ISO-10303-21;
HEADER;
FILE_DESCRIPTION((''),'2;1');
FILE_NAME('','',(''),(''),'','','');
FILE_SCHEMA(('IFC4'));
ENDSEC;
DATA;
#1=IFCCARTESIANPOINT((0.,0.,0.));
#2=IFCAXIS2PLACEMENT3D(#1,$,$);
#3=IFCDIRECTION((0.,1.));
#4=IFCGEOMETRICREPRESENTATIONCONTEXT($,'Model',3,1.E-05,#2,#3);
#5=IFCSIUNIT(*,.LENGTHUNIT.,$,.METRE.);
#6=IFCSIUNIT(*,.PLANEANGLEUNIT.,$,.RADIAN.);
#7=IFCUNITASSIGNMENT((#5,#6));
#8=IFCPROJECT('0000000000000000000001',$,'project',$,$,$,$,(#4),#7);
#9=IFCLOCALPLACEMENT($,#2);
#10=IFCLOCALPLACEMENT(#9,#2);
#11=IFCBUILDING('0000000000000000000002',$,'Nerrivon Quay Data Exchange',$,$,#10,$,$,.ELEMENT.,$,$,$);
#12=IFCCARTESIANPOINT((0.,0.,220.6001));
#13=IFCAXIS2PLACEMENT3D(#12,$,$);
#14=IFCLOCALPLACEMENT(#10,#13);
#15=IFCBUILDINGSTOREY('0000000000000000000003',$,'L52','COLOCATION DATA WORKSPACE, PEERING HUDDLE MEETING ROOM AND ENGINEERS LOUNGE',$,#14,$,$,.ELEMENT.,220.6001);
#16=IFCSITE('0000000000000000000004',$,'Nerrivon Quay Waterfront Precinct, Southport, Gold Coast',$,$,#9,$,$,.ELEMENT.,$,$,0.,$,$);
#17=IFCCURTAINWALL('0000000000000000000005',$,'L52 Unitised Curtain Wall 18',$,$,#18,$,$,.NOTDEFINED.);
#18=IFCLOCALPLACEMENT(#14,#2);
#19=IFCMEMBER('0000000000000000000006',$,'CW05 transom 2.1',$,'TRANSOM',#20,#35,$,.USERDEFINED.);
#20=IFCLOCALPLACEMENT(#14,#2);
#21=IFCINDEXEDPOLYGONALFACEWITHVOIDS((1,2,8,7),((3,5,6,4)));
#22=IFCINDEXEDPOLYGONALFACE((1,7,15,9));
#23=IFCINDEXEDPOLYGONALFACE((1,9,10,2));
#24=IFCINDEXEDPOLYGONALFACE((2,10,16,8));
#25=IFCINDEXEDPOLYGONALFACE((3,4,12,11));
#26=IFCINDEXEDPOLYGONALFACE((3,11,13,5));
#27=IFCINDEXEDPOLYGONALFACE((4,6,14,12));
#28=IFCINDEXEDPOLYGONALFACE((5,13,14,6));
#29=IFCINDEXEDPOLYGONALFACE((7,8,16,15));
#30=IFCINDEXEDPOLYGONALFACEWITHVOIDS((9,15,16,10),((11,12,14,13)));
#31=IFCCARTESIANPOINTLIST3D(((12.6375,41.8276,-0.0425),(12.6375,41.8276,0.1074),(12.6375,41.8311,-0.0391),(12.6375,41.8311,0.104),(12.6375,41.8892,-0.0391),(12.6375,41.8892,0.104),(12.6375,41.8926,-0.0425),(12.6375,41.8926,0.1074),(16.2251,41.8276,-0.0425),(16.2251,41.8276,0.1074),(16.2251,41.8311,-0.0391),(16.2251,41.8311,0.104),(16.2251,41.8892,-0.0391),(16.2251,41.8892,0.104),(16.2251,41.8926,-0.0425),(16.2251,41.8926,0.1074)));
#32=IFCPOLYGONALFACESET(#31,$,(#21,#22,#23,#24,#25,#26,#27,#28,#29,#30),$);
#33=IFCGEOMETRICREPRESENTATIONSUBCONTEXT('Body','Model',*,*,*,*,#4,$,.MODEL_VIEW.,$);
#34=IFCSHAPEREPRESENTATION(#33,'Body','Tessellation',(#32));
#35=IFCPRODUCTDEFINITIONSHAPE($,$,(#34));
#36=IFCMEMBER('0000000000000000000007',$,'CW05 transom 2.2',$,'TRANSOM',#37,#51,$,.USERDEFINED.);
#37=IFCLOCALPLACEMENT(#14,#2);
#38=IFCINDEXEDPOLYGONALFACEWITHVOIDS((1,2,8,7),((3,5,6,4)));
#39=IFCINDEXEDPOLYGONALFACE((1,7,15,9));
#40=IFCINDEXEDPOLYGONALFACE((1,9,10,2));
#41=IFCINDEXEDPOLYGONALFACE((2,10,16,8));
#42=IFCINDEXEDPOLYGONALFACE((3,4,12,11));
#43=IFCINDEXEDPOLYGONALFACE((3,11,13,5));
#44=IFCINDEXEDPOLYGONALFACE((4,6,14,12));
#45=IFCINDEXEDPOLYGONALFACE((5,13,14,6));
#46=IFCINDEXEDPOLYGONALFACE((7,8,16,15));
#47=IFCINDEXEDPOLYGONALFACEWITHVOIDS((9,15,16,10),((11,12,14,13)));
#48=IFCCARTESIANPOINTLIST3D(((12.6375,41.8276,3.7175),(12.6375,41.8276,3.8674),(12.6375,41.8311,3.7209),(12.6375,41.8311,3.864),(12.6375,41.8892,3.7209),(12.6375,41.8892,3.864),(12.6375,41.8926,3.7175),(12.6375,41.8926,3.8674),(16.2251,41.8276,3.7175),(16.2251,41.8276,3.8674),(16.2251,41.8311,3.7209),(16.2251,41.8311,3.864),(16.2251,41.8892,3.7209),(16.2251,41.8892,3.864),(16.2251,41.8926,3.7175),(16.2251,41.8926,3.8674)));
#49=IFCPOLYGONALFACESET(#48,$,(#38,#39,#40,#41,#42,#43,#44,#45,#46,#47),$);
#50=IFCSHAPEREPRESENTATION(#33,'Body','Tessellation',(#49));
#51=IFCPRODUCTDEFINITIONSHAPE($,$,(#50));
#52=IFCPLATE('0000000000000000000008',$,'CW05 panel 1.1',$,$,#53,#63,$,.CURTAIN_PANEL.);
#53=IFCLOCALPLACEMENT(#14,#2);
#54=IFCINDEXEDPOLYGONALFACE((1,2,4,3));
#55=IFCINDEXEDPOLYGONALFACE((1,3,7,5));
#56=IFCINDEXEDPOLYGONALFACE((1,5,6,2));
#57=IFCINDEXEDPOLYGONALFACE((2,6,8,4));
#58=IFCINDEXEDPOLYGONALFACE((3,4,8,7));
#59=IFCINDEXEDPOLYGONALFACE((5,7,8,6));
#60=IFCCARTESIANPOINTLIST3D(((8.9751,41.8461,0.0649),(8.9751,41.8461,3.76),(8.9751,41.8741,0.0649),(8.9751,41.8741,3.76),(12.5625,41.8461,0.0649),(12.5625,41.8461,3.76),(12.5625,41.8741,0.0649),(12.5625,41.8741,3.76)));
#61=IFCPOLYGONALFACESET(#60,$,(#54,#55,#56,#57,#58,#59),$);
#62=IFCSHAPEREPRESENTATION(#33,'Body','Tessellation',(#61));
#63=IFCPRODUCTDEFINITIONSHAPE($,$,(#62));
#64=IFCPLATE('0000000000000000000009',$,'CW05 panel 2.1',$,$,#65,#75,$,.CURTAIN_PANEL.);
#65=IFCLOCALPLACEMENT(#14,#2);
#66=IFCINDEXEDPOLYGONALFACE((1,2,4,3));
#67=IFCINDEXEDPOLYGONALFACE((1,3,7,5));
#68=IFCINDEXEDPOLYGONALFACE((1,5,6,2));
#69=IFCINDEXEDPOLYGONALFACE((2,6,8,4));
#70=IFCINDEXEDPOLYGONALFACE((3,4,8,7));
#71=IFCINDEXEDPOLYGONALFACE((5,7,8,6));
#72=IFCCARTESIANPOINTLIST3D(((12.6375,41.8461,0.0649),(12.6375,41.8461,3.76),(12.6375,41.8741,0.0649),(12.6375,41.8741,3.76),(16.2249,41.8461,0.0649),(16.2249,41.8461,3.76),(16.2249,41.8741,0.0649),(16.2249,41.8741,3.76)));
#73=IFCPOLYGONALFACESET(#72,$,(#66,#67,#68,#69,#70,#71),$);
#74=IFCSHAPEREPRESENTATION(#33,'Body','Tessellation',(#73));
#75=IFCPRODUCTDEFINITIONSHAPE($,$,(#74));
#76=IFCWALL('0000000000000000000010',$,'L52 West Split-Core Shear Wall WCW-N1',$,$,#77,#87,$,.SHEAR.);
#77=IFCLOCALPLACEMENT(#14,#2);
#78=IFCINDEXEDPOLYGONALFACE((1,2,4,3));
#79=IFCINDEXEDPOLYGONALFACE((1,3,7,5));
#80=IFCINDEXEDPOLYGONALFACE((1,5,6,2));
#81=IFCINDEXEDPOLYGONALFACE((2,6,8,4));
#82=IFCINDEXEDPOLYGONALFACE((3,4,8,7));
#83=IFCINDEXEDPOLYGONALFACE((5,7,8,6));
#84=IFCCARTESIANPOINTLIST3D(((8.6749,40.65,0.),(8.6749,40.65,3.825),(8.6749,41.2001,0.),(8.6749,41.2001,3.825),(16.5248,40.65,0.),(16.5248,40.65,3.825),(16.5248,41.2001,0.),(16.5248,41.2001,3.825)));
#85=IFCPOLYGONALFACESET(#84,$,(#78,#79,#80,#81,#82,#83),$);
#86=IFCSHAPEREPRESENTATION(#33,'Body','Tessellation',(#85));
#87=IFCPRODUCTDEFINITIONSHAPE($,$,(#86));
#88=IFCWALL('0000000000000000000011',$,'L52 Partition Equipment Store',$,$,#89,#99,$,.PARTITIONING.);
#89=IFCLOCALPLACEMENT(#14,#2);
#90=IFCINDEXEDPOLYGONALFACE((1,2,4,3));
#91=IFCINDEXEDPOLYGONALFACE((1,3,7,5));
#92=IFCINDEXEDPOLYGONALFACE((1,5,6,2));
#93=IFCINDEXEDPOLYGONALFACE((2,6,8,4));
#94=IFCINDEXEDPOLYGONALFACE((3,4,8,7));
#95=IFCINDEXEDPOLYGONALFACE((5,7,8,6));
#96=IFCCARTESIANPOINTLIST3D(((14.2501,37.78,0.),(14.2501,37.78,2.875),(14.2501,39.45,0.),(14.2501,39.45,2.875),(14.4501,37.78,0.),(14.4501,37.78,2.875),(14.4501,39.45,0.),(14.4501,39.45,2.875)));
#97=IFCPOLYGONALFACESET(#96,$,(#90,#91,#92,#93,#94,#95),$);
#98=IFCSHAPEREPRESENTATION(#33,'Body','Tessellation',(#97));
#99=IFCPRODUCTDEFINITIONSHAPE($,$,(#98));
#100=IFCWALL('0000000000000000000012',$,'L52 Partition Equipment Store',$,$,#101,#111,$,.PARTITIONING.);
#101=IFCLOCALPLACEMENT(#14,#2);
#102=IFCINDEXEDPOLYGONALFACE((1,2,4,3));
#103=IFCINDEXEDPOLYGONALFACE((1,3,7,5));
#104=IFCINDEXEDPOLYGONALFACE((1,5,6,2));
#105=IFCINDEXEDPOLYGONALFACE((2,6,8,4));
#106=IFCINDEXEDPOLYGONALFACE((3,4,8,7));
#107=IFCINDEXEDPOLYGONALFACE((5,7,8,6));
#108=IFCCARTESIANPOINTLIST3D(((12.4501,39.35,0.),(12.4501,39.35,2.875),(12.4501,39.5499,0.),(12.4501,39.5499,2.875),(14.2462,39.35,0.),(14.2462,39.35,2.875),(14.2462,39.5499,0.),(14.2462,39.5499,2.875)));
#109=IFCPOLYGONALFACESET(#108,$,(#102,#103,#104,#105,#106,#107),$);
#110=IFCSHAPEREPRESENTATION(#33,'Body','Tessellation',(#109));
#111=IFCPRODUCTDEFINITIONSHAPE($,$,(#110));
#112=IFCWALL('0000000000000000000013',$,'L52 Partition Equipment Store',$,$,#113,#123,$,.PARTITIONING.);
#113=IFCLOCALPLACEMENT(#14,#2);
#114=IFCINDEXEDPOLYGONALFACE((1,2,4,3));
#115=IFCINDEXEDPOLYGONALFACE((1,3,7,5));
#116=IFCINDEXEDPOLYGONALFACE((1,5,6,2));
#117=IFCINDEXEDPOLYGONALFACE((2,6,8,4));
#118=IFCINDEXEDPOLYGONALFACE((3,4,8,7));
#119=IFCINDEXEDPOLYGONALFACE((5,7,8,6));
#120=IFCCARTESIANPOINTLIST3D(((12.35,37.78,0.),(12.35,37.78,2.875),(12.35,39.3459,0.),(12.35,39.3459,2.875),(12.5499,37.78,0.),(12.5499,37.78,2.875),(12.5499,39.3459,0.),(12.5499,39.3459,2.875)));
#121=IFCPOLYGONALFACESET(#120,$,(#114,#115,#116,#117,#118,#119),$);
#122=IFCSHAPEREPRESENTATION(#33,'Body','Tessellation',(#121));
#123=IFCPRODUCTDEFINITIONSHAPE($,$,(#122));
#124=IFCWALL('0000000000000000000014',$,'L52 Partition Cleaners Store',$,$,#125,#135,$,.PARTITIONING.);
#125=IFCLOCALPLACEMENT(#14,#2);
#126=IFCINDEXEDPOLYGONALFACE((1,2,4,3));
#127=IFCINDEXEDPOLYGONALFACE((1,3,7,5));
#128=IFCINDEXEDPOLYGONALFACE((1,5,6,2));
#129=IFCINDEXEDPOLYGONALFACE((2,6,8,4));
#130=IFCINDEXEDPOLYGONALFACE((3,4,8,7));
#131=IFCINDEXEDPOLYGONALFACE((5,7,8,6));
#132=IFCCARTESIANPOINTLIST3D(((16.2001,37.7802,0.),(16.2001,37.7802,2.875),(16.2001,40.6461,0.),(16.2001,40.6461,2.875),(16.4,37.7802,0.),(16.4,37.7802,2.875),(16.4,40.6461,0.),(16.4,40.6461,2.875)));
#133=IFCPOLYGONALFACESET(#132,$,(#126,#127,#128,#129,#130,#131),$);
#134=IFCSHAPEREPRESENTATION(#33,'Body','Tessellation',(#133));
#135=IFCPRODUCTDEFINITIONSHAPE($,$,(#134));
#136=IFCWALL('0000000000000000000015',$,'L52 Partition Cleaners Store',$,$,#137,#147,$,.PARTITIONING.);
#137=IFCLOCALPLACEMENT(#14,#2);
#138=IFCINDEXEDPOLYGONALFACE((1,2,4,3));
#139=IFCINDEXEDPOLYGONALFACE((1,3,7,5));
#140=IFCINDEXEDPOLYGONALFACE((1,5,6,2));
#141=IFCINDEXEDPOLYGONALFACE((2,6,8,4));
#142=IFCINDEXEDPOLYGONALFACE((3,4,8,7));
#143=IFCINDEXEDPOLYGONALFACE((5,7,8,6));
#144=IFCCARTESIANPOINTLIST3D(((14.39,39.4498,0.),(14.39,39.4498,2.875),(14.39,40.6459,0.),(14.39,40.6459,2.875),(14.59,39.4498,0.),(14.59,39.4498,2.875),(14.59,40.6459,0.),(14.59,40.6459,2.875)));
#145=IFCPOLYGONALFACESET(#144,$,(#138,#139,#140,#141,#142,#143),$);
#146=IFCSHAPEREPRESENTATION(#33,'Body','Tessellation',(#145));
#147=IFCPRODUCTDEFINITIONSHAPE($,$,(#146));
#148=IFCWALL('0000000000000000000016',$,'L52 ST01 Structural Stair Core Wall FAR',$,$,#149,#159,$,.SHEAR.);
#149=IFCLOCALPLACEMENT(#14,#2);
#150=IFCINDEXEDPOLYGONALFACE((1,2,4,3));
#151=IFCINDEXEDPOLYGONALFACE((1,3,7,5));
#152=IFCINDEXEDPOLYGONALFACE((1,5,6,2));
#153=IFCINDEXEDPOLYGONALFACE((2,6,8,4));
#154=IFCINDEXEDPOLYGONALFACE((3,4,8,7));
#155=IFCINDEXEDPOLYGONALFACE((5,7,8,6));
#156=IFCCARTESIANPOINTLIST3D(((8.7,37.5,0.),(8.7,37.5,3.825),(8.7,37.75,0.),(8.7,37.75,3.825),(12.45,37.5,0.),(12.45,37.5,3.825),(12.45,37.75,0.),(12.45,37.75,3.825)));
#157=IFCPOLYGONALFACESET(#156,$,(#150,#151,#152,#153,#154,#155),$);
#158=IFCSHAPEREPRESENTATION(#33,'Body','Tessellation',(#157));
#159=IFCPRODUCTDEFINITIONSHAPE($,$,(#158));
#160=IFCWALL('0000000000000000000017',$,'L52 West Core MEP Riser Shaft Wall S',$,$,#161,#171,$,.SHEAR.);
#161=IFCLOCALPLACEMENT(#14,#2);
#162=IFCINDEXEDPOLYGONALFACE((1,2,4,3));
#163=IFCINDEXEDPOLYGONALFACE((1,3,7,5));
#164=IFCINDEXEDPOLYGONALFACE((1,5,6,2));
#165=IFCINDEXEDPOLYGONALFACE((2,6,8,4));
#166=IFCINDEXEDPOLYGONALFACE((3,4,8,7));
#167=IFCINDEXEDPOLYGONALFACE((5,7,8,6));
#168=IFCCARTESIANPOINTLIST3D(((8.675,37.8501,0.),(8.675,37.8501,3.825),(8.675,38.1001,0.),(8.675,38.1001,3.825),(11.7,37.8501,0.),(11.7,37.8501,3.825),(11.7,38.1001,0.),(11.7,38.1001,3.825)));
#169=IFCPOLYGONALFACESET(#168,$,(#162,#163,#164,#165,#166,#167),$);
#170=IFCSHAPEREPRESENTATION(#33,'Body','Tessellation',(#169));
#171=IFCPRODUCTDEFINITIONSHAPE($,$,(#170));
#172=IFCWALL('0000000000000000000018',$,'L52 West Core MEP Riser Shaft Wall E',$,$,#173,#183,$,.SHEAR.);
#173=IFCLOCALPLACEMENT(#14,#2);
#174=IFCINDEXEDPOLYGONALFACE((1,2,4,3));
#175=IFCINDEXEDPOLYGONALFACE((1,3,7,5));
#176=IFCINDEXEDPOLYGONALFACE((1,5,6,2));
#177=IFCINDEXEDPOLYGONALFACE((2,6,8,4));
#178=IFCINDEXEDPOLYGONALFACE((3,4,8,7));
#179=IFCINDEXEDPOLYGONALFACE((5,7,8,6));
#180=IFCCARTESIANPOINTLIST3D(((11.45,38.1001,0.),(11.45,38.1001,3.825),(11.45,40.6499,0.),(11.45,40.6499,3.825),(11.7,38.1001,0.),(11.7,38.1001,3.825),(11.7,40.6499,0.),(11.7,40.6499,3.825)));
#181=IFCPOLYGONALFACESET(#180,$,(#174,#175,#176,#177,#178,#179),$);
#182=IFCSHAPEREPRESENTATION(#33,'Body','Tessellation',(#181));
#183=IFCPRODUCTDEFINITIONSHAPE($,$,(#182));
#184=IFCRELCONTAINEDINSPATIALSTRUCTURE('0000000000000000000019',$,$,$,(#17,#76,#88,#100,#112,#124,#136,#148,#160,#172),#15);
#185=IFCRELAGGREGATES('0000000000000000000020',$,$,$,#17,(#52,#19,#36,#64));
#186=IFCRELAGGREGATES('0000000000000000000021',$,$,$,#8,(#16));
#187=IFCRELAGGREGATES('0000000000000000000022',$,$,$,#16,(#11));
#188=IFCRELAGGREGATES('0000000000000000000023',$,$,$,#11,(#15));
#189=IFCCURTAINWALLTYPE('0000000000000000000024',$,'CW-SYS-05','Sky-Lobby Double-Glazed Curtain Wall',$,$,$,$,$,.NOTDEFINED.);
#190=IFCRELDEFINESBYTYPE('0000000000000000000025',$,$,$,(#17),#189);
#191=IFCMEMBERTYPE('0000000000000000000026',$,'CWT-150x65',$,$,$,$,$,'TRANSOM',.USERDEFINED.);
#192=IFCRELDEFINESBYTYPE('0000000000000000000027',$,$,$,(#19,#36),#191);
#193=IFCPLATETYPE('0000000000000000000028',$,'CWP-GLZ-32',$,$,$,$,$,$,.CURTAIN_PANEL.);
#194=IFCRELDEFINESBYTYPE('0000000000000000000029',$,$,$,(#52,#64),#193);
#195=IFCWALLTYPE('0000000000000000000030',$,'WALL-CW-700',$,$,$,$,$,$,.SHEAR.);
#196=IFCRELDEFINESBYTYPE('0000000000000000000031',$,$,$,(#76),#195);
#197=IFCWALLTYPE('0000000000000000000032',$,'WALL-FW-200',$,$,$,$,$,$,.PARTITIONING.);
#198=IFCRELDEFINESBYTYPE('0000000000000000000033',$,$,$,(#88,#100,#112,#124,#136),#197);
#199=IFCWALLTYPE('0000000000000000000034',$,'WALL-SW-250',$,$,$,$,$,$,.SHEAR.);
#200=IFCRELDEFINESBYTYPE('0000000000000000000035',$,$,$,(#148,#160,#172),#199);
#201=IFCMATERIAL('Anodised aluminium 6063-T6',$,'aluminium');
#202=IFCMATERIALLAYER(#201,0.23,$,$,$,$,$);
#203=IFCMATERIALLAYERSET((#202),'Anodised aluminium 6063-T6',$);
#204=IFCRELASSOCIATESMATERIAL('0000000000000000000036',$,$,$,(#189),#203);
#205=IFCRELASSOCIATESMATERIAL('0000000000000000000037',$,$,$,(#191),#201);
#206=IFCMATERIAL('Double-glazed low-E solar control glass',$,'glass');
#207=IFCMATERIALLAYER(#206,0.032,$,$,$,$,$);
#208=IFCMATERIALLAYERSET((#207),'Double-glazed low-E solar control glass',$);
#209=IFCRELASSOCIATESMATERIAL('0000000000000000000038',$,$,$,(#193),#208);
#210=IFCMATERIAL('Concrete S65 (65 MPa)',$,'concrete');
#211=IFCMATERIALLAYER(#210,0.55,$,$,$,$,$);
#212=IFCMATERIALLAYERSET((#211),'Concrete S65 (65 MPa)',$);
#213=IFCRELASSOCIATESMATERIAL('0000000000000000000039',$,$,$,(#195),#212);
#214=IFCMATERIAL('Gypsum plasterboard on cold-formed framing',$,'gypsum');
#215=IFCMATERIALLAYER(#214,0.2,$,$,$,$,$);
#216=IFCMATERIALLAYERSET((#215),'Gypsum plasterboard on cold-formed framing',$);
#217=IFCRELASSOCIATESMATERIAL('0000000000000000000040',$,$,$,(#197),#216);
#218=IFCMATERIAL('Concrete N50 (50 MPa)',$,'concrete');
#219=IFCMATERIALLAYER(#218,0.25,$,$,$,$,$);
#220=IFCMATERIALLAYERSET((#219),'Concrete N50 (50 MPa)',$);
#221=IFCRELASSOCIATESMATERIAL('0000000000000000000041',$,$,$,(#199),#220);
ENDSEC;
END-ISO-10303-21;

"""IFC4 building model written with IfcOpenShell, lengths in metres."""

from ifc_helpers import new_model, si_unit, direction, frame, frame_2d, origin, origin_2d, place, context, subcontext, project, spatial, rectangle, hollow_rectangle, extrude, material, layer, layer_set, material_profile, profile_set, type_object, element, aggregate, save


model = new_model("IFC4")

# Units and contexts
model_context = context("Model", 3, precision=1e-05, world=origin(), true_north=direction((0.0, 1.0)))
body_context = subcontext(model_context, "Body", "Model", "MODEL_VIEW")
ifc_project = project(units=[si_unit("LENGTHUNIT", "METRE"), si_unit("PLANEANGLEUNIT", "RADIAN")], contexts=[model_context])

# Site, building, storey
site_placement = place(None, origin())
site = spatial("IfcSite", under=ifc_project, at=site_placement, Name="Nerrivon Quay Waterfront Precinct, Southport, Gold Coast", CompositionType="ELEMENT", RefElevation=0.0)
building_placement = place(site_placement, origin())
building = spatial("IfcBuilding", under=site, at=building_placement, Name="Nerrivon Quay Data Exchange", CompositionType="ELEMENT")
storey_placement = place(building_placement, frame((0.0, 0.0, 220.6001)))
storey = spatial("IfcBuildingStorey", under=building, at=storey_placement, Name="L52", Description="COLOCATION DATA WORKSPACE, PEERING HUDDLE MEETING ROOM AND ENGINEERS LOUNGE", CompositionType="ELEMENT", Elevation=220.6001)

# Shared definitions
ifc_material_1 = material(Name="Concrete S65 (65 MPa)", Category="concrete")

# Shared definitions
ifc_material_2 = material(Name="Concrete N50 (50 MPa)", Category="concrete")

# Curtain wall, members, plates
ifc_material_3 = material(Name="Anodised aluminium 6063-T6", Category="aluminium")
ifc_layer_1 = layer(ifc_material_3, 0.23)
ifc_layer_set_1 = layer_set([ifc_layer_1], Name="Anodised aluminium 6063-T6")
curtain_wall_type = type_object("IfcCurtainWallType", Name="CW-SYS-05", Description="Sky-Lobby Double-Glazed Curtain Wall", PredefinedType="NOTDEFINED", material=ifc_layer_set_1)
curtain_wall_placement = place(storey_placement, origin())
curtain_wall = element("IfcCurtainWall", 1, at=curtain_wall_placement, inside=storey, type_object=curtain_wall_type, Name="L52 Unitised Curtain Wall 18", PredefinedType="NOTDEFINED")
ifc_material_profile_1 = material_profile(ifc_material_3, hollow_rectangle(XDim=0.0649, YDim=0.1499, WallThickness=0.0034, at=origin_2d()), Name="ALU-TRAN-150x65")
ifc_profile_set_1 = profile_set([ifc_material_profile_1], Name="Anodised aluminium 6063-T6")
member_type_1 = type_object("IfcMemberType", Name="CWT-150x65", ElementType="TRANSOM", PredefinedType="USERDEFINED", material=ifc_profile_set_1)
member_1_placement = place(storey_placement, frame((12.6375, 41.8601, 0.0325), z_axis=(1.0, 0.0, 0.0), x_axis=(0.0, 1.0, 0.0)))
member_1 = element("IfcMember", 2, at=member_1_placement, type_object=member_type_1, Name="CW05 transom 2.1", ObjectType="TRANSOM", PredefinedType="USERDEFINED", context=body_context, shape_type="SweptSolid", body=[
    extrude(hollow_rectangle(XDim=0.0649, YDim=0.1499, WallThickness=0.0034, at=origin_2d()), origin(), (0.0, 0.0, 1.0), 3.5876),
])
member_2_placement = place(storey_placement, frame((12.6375, 41.8601, 3.7925), z_axis=(1.0, 0.0, 0.0), x_axis=(0.0, 1.0, 0.0)))
member_2 = element("IfcMember", 3, at=member_2_placement, type_object=member_type_1, Name="CW05 transom 2.2", ObjectType="TRANSOM", PredefinedType="USERDEFINED", context=body_context, shape_type="SweptSolid", body=[
    extrude(hollow_rectangle(XDim=0.0649, YDim=0.1499, WallThickness=0.0034, at=origin_2d()), origin(), (0.0, 0.0, 1.0), 3.5876),
])
ifc_material_4 = material(Name="Double-glazed low-E solar control glass", Category="glass")
ifc_layer_2 = layer(ifc_material_4, 0.032)
ifc_layer_set_2 = layer_set([ifc_layer_2], Name="Double-glazed low-E solar control glass")
plate_type = type_object("IfcPlateType", Name="CWP-GLZ-32", PredefinedType="CURTAIN_PANEL", material=ifc_layer_set_2)
plate_1_placement = place(storey_placement, frame((10.7688, 41.8601, 0.0649), z_axis=(0.0, 0.0, 1.0), x_axis=(1.0, 0.0, 0.0)))
plate_1 = element("IfcPlate", 4, at=plate_1_placement, type_object=plate_type, Name="CW05 panel 1.1", PredefinedType="CURTAIN_PANEL", context=body_context, shape_type="SweptSolid", body=[
    extrude(rectangle(XDim=3.5874, YDim=0.0281, at=origin_2d()), origin(), (0.0, 0.0, 1.0), 3.6951),
])
plate_2_placement = place(storey_placement, frame((14.4312, 41.8601, 0.0649), z_axis=(0.0, 0.0, 1.0), x_axis=(1.0, 0.0, 0.0)))
plate_2 = element("IfcPlate", 5, at=plate_2_placement, type_object=plate_type, Name="CW05 panel 2.1", PredefinedType="CURTAIN_PANEL", context=body_context, shape_type="SweptSolid", body=[
    extrude(rectangle(XDim=3.5874, YDim=0.0281, at=origin_2d()), origin(), (0.0, 0.0, 1.0), 3.6951),
])
aggregate(curtain_wall, [plate_1, member_1, member_2, plate_2])

# Walls
ifc_layer_3 = layer(ifc_material_1, 0.55)
ifc_layer_set_3 = layer_set([ifc_layer_3], Name="Concrete S65 (65 MPa)")
wall_type_1 = type_object("IfcWallType", Name="WALL-CW-700", PredefinedType="SHEAR", material=ifc_layer_set_3)
wall_1_placement = place(storey_placement, frame((8.675, 40.925, 0.0), z_axis=(0.0, 0.0, 1.0), x_axis=(1.0, 0.0, 0.0)))
element("IfcWall", 6, at=wall_1_placement, inside=storey, type_object=wall_type_1, Name="L52 West Split-Core Shear Wall WCW-N1", PredefinedType="SHEAR", context=body_context, shape_type="SweptSolid", body=[
    extrude(rectangle(XDim=7.8499, YDim=0.55, at=frame_2d((3.9248, 0.0))), origin(), (0.0, 0.0, 1.0), 3.825),
])
ifc_material_5 = material(Name="Gypsum plasterboard on cold-formed framing", Category="gypsum")
ifc_layer_4 = layer(ifc_material_5, 0.2)
ifc_layer_set_4 = layer_set([ifc_layer_4], Name="Gypsum plasterboard on cold-formed framing")
wall_type_2 = type_object("IfcWallType", Name="WALL-FW-200", PredefinedType="PARTITIONING", material=ifc_layer_set_4)
wall_2_placement = place(storey_placement, frame((14.3501, 37.78, 0.0), z_axis=(0.0, 0.0, 1.0), x_axis=(0.0, 1.0, 0.0)))
element("IfcWall", 7, at=wall_2_placement, inside=storey, type_object=wall_type_2, Name="L52 Partition Equipment Store", PredefinedType="PARTITIONING", context=body_context, shape_type="SweptSolid", body=[
    extrude(rectangle(XDim=1.6699, YDim=0.2, at=frame_2d((0.835, 0.0))), origin(), (0.0, 0.0, 1.0), 2.875),
])
wall_3_placement = place(storey_placement, frame((14.2461, 39.45, 0.0), z_axis=(0.0, 0.0, 1.0), x_axis=(-1.0, 0.0, 0.0)))
element("IfcWall", 8, at=wall_3_placement, inside=storey, type_object=wall_type_2, Name="L52 Partition Equipment Store", PredefinedType="PARTITIONING", context=body_context, shape_type="SweptSolid", body=[
    extrude(rectangle(XDim=1.7961, YDim=0.2, at=frame_2d((0.8979, 0.0))), origin(), (0.0, 0.0, 1.0), 2.875),
])
wall_4_placement = place(storey_placement, frame((12.45, 39.3459, 0.0), z_axis=(0.0, 0.0, 1.0), x_axis=(0.0, -1.0, 0.0)))
element("IfcWall", 9, at=wall_4_placement, inside=storey, type_object=wall_type_2, Name="L52 Partition Equipment Store", PredefinedType="PARTITIONING", context=body_context, shape_type="SweptSolid", body=[
    extrude(rectangle(XDim=1.5659, YDim=0.2, at=frame_2d((0.783, 0.0))), origin(), (0.0, 0.0, 1.0), 2.875),
])
wall_5_placement = place(storey_placement, frame((16.3, 37.78, 0.0), z_axis=(0.0, 0.0, 1.0), x_axis=(0.0, 1.0, 0.0)))
element("IfcWall", 10, at=wall_5_placement, inside=storey, type_object=wall_type_2, Name="L52 Partition Cleaners Store", PredefinedType="PARTITIONING", context=body_context, shape_type="SweptSolid", body=[
    extrude(rectangle(XDim=2.866, YDim=0.2, at=frame_2d((1.4331, 0.0))), origin(), (0.0, 0.0, 1.0), 2.875),
])
wall_6_placement = place(storey_placement, frame((14.49, 40.646, 0.0), z_axis=(0.0, 0.0, 1.0), x_axis=(0.0, -1.0, 0.0)))
element("IfcWall", 11, at=wall_6_placement, inside=storey, type_object=wall_type_2, Name="L52 Partition Cleaners Store", PredefinedType="PARTITIONING", context=body_context, shape_type="SweptSolid", body=[
    extrude(rectangle(XDim=1.196, YDim=0.2, at=frame_2d((0.5981, 0.0))), origin(), (0.0, 0.0, 1.0), 2.875),
])
ifc_layer_5 = layer(ifc_material_2, 0.25)
ifc_layer_set_5 = layer_set([ifc_layer_5], Name="Concrete N50 (50 MPa)")
wall_type_3 = type_object("IfcWallType", Name="WALL-SW-250", PredefinedType="SHEAR", material=ifc_layer_set_5)
wall_7_placement = place(storey_placement, frame((12.45, 37.625, 0.0), z_axis=(0.0, 0.0, 1.0), x_axis=(-1.0, 0.0, 0.0)))
element("IfcWall", 12, at=wall_7_placement, inside=storey, type_object=wall_type_3, Name="L52 ST01 Structural Stair Core Wall FAR", PredefinedType="SHEAR", context=body_context, shape_type="SweptSolid", body=[
    extrude(rectangle(XDim=3.75, YDim=0.25, at=frame_2d((1.875, 0.0))), origin(), (0.0, 0.0, 1.0), 3.825),
])
wall_8_placement = place(storey_placement, frame((8.675, 37.9751, 0.0), z_axis=(0.0, 0.0, 1.0), x_axis=(1.0, 0.0, 0.0)))
element("IfcWall", 13, at=wall_8_placement, inside=storey, type_object=wall_type_3, Name="L52 West Core MEP Riser Shaft Wall S", PredefinedType="SHEAR", context=body_context, shape_type="SweptSolid", body=[
    extrude(rectangle(XDim=3.0249, YDim=0.25, at=frame_2d((1.5125, 0.0))), origin(), (0.0, 0.0, 1.0), 3.825),
])
wall_9_placement = place(storey_placement, frame((11.575, 38.1001, 0.0), z_axis=(0.0, 0.0, 1.0), x_axis=(0.0, 1.0, 0.0)))
element("IfcWall", 14, at=wall_9_placement, inside=storey, type_object=wall_type_3, Name="L52 West Core MEP Riser Shaft Wall E", PredefinedType="SHEAR", context=body_context, shape_type="SweptSolid", body=[
    extrude(rectangle(XDim=2.5498, YDim=0.25, at=frame_2d((1.2749, 0.0))), origin(), (0.0, 0.0, 1.0), 3.825),
])

save(model, "model.ifc")
